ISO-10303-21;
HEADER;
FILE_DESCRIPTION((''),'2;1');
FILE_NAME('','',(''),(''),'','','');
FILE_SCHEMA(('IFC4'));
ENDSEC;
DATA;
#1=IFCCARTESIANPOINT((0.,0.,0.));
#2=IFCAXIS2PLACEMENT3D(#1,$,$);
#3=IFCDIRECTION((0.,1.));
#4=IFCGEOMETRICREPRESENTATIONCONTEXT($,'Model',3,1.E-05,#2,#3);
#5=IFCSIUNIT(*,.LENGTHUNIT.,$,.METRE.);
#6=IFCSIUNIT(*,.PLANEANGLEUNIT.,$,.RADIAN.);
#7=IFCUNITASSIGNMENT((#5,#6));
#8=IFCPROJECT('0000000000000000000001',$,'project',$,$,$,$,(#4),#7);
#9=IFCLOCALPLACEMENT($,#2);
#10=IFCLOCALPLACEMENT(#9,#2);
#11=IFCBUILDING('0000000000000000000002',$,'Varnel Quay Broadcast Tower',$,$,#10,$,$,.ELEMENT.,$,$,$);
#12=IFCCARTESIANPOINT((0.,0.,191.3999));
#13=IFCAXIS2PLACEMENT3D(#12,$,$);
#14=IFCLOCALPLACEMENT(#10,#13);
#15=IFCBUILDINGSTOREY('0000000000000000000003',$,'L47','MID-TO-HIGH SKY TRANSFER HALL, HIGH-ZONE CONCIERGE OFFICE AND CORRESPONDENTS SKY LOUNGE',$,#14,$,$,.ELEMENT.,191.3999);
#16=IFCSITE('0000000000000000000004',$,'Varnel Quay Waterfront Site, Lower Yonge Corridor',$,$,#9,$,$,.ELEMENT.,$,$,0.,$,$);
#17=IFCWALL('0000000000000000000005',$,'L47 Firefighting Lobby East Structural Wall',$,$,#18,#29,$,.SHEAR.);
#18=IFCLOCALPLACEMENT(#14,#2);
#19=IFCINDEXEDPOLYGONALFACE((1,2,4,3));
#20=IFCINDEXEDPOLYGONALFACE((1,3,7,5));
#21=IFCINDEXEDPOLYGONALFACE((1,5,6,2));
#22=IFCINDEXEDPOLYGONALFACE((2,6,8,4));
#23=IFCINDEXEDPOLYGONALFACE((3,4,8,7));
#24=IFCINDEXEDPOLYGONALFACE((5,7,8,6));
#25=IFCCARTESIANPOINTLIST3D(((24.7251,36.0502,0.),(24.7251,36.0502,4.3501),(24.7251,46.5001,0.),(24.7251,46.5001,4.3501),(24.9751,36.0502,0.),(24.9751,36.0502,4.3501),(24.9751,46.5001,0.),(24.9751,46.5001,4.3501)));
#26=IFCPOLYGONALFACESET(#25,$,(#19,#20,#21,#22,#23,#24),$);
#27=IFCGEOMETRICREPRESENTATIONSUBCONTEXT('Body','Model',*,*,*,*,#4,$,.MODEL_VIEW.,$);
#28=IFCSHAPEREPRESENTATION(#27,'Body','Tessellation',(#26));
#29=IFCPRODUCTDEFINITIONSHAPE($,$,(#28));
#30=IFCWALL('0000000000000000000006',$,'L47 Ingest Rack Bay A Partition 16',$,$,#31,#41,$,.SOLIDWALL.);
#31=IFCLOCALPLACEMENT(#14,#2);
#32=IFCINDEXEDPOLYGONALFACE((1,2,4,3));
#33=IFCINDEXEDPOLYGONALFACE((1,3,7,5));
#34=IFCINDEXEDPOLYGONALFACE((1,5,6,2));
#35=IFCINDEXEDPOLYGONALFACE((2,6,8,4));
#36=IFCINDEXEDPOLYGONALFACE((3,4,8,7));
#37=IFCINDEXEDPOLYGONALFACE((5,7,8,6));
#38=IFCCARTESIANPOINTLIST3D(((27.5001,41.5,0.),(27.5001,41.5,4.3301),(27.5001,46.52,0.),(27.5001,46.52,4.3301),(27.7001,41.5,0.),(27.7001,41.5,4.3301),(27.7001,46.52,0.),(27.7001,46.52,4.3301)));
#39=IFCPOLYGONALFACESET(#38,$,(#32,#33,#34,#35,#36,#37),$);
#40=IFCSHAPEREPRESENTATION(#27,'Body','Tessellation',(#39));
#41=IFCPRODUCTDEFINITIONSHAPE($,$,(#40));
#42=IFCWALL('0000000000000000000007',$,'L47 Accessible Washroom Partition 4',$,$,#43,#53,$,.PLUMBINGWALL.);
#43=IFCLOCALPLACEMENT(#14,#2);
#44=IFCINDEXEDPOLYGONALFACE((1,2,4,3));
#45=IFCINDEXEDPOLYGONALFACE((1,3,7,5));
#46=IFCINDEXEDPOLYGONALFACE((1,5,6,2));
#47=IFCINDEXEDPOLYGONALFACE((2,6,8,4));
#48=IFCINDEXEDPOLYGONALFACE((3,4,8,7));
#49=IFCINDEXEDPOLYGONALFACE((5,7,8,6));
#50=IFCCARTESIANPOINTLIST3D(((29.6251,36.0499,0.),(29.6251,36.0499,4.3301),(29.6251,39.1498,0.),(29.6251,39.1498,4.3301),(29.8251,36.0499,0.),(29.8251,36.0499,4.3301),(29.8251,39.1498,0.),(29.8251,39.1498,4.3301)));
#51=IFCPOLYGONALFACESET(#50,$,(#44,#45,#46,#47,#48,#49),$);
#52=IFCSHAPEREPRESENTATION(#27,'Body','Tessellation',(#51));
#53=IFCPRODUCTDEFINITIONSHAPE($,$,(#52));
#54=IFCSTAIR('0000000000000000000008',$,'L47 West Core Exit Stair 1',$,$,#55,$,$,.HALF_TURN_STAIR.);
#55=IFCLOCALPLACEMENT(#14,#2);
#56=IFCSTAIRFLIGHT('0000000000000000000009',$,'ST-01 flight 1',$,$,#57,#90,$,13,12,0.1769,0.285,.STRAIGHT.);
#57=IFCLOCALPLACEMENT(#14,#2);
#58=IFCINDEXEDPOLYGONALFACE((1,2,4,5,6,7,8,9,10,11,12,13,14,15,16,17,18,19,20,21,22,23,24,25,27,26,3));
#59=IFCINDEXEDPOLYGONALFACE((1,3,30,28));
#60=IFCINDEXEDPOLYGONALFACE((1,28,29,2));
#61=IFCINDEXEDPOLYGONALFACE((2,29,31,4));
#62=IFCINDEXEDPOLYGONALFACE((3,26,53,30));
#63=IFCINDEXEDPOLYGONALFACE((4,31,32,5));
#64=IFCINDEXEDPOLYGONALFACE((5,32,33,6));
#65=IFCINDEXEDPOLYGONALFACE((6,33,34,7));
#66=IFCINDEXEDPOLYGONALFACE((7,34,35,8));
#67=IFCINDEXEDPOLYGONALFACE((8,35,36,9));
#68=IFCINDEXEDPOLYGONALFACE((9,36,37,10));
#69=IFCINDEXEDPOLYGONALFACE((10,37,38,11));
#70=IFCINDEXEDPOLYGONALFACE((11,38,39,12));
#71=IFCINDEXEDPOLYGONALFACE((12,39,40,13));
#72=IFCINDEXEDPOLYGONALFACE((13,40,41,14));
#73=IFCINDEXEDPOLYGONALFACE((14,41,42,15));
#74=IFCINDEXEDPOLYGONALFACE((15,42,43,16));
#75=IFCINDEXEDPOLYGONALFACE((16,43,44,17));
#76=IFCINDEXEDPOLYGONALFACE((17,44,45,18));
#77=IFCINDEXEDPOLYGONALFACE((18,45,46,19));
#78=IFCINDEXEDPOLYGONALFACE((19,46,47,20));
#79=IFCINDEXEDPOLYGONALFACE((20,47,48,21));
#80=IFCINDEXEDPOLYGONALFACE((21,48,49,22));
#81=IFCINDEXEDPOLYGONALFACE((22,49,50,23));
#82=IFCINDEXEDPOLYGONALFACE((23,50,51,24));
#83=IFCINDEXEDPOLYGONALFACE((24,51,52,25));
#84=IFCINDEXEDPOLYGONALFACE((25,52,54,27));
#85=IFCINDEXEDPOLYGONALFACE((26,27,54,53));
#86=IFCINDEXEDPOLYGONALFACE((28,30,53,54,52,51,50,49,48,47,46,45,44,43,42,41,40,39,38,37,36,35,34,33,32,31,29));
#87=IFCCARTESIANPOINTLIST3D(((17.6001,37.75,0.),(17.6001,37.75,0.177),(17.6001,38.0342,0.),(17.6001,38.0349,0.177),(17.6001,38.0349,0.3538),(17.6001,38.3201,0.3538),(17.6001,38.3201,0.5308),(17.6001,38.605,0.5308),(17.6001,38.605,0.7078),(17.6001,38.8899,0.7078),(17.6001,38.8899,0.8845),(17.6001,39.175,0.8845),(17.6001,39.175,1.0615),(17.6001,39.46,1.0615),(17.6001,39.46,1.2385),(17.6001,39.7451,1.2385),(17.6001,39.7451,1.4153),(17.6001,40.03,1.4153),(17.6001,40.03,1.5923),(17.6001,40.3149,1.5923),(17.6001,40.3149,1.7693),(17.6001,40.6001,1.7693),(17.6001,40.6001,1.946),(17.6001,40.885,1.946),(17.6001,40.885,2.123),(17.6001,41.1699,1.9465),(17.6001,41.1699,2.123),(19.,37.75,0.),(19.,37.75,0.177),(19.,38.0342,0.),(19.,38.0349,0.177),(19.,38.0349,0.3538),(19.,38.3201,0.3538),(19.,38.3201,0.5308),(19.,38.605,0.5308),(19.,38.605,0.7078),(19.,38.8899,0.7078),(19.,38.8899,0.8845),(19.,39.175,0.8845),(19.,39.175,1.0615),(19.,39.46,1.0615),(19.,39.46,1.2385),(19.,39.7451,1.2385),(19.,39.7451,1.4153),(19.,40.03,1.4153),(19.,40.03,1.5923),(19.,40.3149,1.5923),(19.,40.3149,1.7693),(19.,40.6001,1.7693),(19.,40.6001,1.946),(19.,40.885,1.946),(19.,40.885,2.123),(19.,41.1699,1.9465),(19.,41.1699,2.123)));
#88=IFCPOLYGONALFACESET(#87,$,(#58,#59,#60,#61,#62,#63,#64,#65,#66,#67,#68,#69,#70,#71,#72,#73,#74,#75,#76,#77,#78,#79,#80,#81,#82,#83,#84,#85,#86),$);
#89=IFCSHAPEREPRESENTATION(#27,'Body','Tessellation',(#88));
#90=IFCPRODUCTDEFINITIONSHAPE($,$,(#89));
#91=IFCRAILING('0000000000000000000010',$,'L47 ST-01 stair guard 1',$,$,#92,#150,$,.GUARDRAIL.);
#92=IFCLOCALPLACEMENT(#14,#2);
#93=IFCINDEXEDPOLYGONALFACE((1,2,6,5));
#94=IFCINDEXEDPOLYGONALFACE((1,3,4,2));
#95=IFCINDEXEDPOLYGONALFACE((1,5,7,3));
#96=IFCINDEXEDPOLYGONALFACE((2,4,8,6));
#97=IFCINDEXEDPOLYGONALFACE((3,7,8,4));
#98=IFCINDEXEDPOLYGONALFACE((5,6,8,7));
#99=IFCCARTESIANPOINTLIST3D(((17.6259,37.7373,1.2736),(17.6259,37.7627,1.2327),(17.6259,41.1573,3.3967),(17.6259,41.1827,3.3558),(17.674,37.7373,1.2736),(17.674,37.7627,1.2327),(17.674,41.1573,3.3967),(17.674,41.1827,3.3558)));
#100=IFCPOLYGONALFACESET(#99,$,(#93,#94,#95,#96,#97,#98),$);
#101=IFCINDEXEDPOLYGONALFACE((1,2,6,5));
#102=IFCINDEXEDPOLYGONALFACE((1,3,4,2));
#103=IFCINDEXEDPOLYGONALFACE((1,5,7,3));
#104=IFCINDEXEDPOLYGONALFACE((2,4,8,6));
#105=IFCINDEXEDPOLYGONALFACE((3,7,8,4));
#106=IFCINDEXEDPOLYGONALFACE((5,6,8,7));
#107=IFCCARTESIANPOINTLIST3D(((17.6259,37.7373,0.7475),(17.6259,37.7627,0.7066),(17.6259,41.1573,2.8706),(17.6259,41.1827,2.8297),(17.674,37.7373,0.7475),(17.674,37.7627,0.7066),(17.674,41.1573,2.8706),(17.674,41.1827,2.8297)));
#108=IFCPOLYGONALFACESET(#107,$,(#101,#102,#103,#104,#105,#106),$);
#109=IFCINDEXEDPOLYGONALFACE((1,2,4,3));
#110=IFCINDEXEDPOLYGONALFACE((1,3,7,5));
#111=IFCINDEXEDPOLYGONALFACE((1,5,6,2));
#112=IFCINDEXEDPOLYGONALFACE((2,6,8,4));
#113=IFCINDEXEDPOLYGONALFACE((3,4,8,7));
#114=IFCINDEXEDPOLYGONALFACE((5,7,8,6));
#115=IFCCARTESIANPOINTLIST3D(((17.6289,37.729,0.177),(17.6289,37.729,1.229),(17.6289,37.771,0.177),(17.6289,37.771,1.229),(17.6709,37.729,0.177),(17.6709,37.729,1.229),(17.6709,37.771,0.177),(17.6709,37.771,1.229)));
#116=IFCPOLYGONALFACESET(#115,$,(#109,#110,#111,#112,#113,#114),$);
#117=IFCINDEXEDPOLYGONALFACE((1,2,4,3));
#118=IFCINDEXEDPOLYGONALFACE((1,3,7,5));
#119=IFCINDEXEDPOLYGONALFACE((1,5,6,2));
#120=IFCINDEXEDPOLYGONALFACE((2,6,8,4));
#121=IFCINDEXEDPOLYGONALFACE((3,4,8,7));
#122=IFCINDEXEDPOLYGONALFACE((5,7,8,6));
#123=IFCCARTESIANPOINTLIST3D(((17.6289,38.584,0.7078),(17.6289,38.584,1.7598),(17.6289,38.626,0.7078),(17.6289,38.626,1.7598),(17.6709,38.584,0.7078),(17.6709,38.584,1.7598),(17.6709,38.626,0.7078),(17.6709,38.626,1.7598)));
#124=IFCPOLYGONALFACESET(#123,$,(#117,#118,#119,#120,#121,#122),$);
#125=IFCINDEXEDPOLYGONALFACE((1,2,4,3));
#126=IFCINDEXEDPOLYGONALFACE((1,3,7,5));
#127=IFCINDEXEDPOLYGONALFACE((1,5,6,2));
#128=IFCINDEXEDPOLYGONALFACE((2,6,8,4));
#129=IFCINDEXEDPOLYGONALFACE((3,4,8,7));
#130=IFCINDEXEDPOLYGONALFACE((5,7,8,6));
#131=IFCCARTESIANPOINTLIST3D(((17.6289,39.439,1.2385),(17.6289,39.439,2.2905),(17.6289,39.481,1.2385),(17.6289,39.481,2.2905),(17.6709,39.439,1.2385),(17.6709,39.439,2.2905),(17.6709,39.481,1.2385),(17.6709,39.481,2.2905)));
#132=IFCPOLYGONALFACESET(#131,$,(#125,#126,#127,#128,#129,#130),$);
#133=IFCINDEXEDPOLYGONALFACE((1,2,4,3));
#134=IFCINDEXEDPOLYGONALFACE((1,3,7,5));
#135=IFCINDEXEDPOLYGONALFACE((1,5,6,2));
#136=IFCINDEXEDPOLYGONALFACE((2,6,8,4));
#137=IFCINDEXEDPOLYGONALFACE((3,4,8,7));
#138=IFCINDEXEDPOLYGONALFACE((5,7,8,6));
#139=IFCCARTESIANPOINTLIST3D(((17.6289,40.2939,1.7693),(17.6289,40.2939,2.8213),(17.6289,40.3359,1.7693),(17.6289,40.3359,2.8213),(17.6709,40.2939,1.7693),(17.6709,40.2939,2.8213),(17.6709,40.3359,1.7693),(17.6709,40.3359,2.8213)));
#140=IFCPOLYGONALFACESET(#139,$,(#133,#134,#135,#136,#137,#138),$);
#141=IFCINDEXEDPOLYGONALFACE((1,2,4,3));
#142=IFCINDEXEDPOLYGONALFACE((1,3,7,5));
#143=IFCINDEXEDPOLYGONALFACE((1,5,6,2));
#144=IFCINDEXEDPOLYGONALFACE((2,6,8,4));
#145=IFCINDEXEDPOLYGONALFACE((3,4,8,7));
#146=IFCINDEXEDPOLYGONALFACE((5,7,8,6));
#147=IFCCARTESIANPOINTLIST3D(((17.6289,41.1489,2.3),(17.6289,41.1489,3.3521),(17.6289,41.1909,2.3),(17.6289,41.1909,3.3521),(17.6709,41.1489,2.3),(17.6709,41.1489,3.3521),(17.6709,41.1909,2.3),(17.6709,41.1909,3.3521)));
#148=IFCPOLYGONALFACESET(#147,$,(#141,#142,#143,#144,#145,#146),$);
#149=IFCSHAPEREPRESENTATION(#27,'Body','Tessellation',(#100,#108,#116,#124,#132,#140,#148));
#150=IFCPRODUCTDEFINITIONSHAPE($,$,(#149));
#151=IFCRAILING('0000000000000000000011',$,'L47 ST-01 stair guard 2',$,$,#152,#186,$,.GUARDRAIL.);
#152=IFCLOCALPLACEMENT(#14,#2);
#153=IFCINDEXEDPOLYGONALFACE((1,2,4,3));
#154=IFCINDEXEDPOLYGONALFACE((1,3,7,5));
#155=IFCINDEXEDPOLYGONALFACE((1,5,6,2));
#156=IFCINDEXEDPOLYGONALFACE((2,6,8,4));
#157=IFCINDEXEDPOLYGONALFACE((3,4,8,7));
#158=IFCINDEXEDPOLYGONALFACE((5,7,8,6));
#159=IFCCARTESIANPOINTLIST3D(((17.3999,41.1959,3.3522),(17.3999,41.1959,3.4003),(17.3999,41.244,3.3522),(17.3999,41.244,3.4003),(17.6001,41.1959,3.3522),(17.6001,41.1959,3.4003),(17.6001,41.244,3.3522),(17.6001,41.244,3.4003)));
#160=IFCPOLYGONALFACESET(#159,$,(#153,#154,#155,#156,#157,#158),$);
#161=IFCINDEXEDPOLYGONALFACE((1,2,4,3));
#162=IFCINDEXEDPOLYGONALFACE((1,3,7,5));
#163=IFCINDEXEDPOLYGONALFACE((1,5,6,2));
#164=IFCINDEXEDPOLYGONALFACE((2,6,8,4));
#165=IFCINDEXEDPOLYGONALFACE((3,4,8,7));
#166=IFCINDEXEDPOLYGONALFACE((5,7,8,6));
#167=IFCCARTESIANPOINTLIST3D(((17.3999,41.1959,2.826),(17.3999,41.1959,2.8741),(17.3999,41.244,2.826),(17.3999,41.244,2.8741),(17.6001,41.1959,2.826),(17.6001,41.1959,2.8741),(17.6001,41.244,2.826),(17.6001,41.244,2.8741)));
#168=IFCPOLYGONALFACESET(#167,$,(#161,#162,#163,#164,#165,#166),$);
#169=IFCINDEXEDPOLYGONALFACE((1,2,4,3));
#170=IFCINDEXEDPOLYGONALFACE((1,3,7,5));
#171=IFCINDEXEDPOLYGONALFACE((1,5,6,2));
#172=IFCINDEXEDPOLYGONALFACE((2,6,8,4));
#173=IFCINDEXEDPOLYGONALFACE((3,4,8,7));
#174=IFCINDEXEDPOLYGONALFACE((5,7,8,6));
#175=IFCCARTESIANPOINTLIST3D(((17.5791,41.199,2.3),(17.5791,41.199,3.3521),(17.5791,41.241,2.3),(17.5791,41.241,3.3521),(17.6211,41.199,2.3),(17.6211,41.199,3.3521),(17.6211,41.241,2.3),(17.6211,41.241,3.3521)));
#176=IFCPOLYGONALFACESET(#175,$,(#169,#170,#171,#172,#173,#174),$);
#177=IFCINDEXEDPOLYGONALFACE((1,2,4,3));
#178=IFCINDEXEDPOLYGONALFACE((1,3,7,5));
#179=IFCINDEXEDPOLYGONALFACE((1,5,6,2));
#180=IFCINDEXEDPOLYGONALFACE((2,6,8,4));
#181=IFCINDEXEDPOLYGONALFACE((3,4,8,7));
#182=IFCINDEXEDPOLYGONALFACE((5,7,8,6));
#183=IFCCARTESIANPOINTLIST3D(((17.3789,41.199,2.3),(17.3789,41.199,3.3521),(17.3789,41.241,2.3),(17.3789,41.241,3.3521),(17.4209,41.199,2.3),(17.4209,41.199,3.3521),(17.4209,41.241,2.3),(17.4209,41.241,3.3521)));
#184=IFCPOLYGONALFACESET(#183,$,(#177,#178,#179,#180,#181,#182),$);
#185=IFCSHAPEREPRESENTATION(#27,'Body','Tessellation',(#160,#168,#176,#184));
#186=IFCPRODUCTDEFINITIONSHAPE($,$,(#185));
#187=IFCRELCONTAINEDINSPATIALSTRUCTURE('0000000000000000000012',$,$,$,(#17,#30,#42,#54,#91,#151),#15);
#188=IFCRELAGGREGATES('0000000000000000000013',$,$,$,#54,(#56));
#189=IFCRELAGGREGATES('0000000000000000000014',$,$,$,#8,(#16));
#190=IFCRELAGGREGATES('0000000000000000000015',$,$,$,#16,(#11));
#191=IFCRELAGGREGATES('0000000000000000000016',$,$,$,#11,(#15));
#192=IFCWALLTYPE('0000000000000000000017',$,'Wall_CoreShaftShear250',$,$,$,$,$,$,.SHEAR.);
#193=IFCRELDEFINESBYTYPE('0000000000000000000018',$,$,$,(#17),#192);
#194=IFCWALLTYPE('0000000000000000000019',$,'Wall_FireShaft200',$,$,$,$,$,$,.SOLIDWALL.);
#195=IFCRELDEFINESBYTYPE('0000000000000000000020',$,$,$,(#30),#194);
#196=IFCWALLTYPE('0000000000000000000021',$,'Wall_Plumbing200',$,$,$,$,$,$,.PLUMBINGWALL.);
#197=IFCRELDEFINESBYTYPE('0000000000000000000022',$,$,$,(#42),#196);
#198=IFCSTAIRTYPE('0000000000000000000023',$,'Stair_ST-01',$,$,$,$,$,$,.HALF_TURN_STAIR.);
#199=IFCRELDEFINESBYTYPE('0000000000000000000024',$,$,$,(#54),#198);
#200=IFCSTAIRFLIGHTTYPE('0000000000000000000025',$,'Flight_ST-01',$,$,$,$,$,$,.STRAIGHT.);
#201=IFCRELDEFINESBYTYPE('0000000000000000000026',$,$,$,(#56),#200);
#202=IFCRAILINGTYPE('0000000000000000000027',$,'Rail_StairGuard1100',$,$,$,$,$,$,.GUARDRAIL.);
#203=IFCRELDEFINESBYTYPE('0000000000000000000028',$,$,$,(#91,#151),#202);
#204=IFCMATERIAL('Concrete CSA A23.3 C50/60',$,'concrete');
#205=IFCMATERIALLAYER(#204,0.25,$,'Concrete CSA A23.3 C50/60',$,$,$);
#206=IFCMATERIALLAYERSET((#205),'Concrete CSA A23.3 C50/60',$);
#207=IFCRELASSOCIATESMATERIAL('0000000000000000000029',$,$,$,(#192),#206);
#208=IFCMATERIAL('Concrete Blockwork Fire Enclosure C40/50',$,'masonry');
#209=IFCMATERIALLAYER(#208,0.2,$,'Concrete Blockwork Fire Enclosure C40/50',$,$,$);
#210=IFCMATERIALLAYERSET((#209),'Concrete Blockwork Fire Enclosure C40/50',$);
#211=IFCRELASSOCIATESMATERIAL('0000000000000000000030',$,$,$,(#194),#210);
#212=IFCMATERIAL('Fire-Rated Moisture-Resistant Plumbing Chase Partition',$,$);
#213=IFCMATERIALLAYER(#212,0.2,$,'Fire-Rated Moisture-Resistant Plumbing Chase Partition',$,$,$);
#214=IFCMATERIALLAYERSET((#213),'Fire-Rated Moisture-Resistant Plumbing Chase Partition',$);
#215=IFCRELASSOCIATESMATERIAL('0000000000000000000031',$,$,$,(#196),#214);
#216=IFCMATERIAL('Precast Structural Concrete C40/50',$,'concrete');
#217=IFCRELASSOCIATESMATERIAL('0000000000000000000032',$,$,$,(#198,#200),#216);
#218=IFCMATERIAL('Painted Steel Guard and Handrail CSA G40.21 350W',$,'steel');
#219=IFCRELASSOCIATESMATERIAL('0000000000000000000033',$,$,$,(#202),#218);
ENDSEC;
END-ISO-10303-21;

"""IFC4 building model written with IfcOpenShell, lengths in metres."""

from ifc_helpers import new_model, si_unit, direction, frame, frame_2d, origin, origin_2d, place, context, subcontext, project, spatial, polyline, rectangle, outline, extrude, material, layer, layer_set, type_object, element, aggregate, save


model = new_model("IFC4")

# Units and contexts
model_context = context("Model", 3, precision=1e-05, world=origin(), true_north=direction((0.0, 1.0)))
body_context = subcontext(model_context, "Body", "Model", "MODEL_VIEW")
ifc_project = project(units=[si_unit("LENGTHUNIT", "METRE"), si_unit("PLANEANGLEUNIT", "RADIAN")], contexts=[model_context])

# Site, building, storey
site_placement = place(None, origin())
site = spatial("IfcSite", under=ifc_project, at=site_placement, Name="Varnel Quay Waterfront Site, Lower Yonge Corridor", CompositionType="ELEMENT", RefElevation=0.0)
building_placement = place(site_placement, origin())
building = spatial("IfcBuilding", under=site, at=building_placement, Name="Varnel Quay Broadcast Tower", CompositionType="ELEMENT")
storey_placement = place(building_placement, frame((0.0, 0.0, 191.3999)))
storey = spatial("IfcBuildingStorey", under=building, at=storey_placement, Name="L47", Description="MID-TO-HIGH SKY TRANSFER HALL, HIGH-ZONE CONCIERGE OFFICE AND CORRESPONDENTS SKY LOUNGE", CompositionType="ELEMENT", Elevation=191.3999)

# Shared definitions
ifc_material_1 = material(Name="Concrete CSA A23.3 C50/60", Category="concrete")

# Wall
ifc_layer_1 = layer(ifc_material_1, 0.25, Name="Concrete CSA A23.3 C50/60")
ifc_layer_set_1 = layer_set([ifc_layer_1], Name="Concrete CSA A23.3 C50/60")
wall_type_1 = type_object("IfcWallType", Name="Wall_CoreShaftShear250", PredefinedType="SHEAR", material=ifc_layer_set_1)
wall_1_placement = place(storey_placement, frame((24.8501, 36.05, 0.0), z_axis=(0.0, 0.0, 1.0), x_axis=(0.0, 1.0, 0.0)))
element("IfcWall", 1, at=wall_1_placement, inside=storey, type_object=wall_type_1, Name="L47 Firefighting Lobby East Structural Wall", PredefinedType="SHEAR", context=body_context, shape_type="SweptSolid", body=[
    extrude(rectangle(XDim=10.45, YDim=0.25, at=frame_2d((5.2251, 0.0))), origin(), (0.0, 0.0, 1.0), 4.3501),
])

# Walls
ifc_material_2 = material(Name="Concrete Blockwork Fire Enclosure C40/50", Category="masonry")
ifc_layer_2 = layer(ifc_material_2, 0.2, Name="Concrete Blockwork Fire Enclosure C40/50")
ifc_layer_set_2 = layer_set([ifc_layer_2], Name="Concrete Blockwork Fire Enclosure C40/50")
wall_type_2 = type_object("IfcWallType", Name="Wall_FireShaft200", PredefinedType="SOLIDWALL", material=ifc_layer_set_2)
wall_2_placement = place(storey_placement, frame((27.6001, 41.5, 0.0), z_axis=(0.0, 0.0, 1.0), x_axis=(0.0, 1.0, 0.0)))
element("IfcWall", 2, at=wall_2_placement, inside=storey, type_object=wall_type_2, Name="L47 Ingest Rack Bay A Partition 16", PredefinedType="SOLIDWALL", context=body_context, shape_type="SweptSolid", body=[
    extrude(rectangle(XDim=5.02, YDim=0.2, at=frame_2d((2.51, 0.0))), origin(), (0.0, 0.0, 1.0), 4.3301),
])
ifc_material_3 = material(Name="Fire-Rated Moisture-Resistant Plumbing Chase Partition")
ifc_layer_3 = layer(ifc_material_3, 0.2, Name="Fire-Rated Moisture-Resistant Plumbing Chase Partition")
ifc_layer_set_3 = layer_set([ifc_layer_3], Name="Fire-Rated Moisture-Resistant Plumbing Chase Partition")
wall_type_3 = type_object("IfcWallType", Name="Wall_Plumbing200", PredefinedType="PLUMBINGWALL", material=ifc_layer_set_3)
wall_3_placement = place(storey_placement, frame((29.7251, 36.05, 0.0), z_axis=(0.0, 0.0, 1.0), x_axis=(0.0, 1.0, 0.0)))
element("IfcWall", 3, at=wall_3_placement, inside=storey, type_object=wall_type_3, Name="L47 Accessible Washroom Partition 4", PredefinedType="PLUMBINGWALL", context=body_context, shape_type="SweptSolid", body=[
    extrude(rectangle(XDim=3.0999, YDim=0.2, at=frame_2d((1.5498, 0.0))), origin(), (0.0, 0.0, 1.0), 4.3301),
])

# Stair, stair flight
ifc_material_4 = material(Name="Precast Structural Concrete C40/50", Category="concrete")
stair_type = type_object("IfcStairType", Name="Stair_ST-01", PredefinedType="HALF_TURN_STAIR", material=ifc_material_4)
stair_placement = place(storey_placement, origin())
stair = element("IfcStair", 4, at=stair_placement, inside=storey, type_object=stair_type, Name="L47 West Core Exit Stair 1", PredefinedType="HALF_TURN_STAIR")
stair_flight_type = type_object("IfcStairFlightType", Name="Flight_ST-01", PredefinedType="STRAIGHT", material=ifc_material_4)
stair_flight_placement = place(storey_placement, frame((18.3, 37.75, 0.0), z_axis=(0.0, 0.0, 1.0), x_axis=(0.0, 1.0, 0.0)))
stair_flight = element("IfcStairFlight", 5, at=stair_flight_placement, type_object=stair_flight_type, Name="ST-01 flight 1", NumberOfRisers=13, NumberOfTreads=12, PredefinedType="STRAIGHT", RiserHeight=0.1769, TreadLength=0.285, context=body_context, shape_type="SweptSolid", body=[
    extrude(outline(polyline([(0.0, 0.0), (0.0, 0.177), (0.2849, 0.177), (0.2849, 0.3538), (0.5701, 0.3538), (0.5701, 0.5308), (0.855, 0.5308), (0.855, 0.7078), (1.1399, 0.7078), (1.1399, 0.8845), (1.425, 0.8845), (1.425, 1.0615), (1.71, 1.0615), (1.71, 1.2385), (1.9951, 1.2385), (1.9951, 1.4153), (2.28, 1.4153), (2.28, 1.5923), (2.5649, 1.5923), (2.5649, 1.7693), (2.8501, 1.7693), (2.8501, 1.946), (3.135, 1.946), (3.135, 2.123), (3.4199, 2.123), (3.4199, 2.3), (3.4199, 1.9465), (0.2842, 0.0), (0.0, 0.0)])), frame((0.0, 0.7, 0.0), z_axis=(0.0, -1.0, 0.0), x_axis=(1.0, 0.0, 0.0)), (0.0, 0.0, 1.0), 1.3999),
])
aggregate(stair, [stair_flight])

# Railings
ifc_material_5 = material(Name="Painted Steel Guard and Handrail CSA G40.21 350W", Category="steel")
railing_type_1 = type_object("IfcRailingType", Name="Rail_StairGuard1100", PredefinedType="GUARDRAIL", material=ifc_material_5)
railing_1_placement = place(storey_placement, frame((17.6499, 37.75, 0.177)))
element("IfcRailing", 6, at=railing_1_placement, inside=storey, type_object=railing_type_1, Name="L47 ST-01 stair guard 1", PredefinedType="GUARDRAIL", context=body_context, shape_type="SweptSolid", body=[
    extrude(rectangle(XDim=0.0481, YDim=0.0481, at=origin_2d()), frame((0.0, 0.0, 1.0762), z_axis=(0.0, 0.849603, 0.527423), x_axis=(-1.0, 0.0, 0.0)), (0.0, 0.0, 1.0), 4.0254),
    extrude(rectangle(XDim=0.0481, YDim=0.0481, at=origin_2d()), frame((0.0, 0.0, 0.55), z_axis=(0.0, 0.849603, 0.527423), x_axis=(-1.0, 0.0, 0.0)), (0.0, 0.0, 1.0), 4.0254),
    extrude(rectangle(XDim=0.042, YDim=0.042, at=origin_2d()), origin(), (0.0, 0.0, 1.0), 1.052),
    extrude(rectangle(XDim=0.042, YDim=0.042, at=origin_2d()), frame((0.0, 0.855, 0.5308)), (0.0, 0.0, 1.0), 1.052),
    extrude(rectangle(XDim=0.042, YDim=0.042, at=origin_2d()), frame((0.0, 1.71, 1.0615)), (0.0, 0.0, 1.0), 1.052),
    extrude(rectangle(XDim=0.042, YDim=0.042, at=origin_2d()), frame((0.0, 2.5649, 1.5923)), (0.0, 0.0, 1.0), 1.052),
    extrude(rectangle(XDim=0.042, YDim=0.042, at=origin_2d()), frame((0.0, 3.4199, 2.123)), (0.0, 0.0, 1.0), 1.052),
])
railing_2_placement = place(storey_placement, frame((17.6001, 41.22, 2.3)))
element("IfcRailing", 7, at=railing_2_placement, inside=storey, type_object=railing_type_1, Name="L47 ST-01 stair guard 2", PredefinedType="GUARDRAIL", context=body_context, shape_type="SweptSolid", body=[
    extrude(rectangle(XDim=0.0481, YDim=0.0481, at=origin_2d()), frame((0.0, 0.0, 1.0762), z_axis=(-1.0, 0.0, 0.0), x_axis=(0.0, -1.0, 0.0)), (0.0, 0.0, 1.0), 0.2002),
    extrude(rectangle(XDim=0.0481, YDim=0.0481, at=origin_2d()), frame((0.0, 0.0, 0.55), z_axis=(-1.0, 0.0, 0.0), x_axis=(0.0, -1.0, 0.0)), (0.0, 0.0, 1.0), 0.2002),
    extrude(rectangle(XDim=0.042, YDim=0.042, at=origin_2d()), origin(), (0.0, 0.0, 1.0), 1.052),
    extrude(rectangle(XDim=0.042, YDim=0.042, at=origin_2d()), frame((-0.2002, 0.0, 0.0)), (0.0, 0.0, 1.0), 1.052),
])

save(model, "model.ifc")
